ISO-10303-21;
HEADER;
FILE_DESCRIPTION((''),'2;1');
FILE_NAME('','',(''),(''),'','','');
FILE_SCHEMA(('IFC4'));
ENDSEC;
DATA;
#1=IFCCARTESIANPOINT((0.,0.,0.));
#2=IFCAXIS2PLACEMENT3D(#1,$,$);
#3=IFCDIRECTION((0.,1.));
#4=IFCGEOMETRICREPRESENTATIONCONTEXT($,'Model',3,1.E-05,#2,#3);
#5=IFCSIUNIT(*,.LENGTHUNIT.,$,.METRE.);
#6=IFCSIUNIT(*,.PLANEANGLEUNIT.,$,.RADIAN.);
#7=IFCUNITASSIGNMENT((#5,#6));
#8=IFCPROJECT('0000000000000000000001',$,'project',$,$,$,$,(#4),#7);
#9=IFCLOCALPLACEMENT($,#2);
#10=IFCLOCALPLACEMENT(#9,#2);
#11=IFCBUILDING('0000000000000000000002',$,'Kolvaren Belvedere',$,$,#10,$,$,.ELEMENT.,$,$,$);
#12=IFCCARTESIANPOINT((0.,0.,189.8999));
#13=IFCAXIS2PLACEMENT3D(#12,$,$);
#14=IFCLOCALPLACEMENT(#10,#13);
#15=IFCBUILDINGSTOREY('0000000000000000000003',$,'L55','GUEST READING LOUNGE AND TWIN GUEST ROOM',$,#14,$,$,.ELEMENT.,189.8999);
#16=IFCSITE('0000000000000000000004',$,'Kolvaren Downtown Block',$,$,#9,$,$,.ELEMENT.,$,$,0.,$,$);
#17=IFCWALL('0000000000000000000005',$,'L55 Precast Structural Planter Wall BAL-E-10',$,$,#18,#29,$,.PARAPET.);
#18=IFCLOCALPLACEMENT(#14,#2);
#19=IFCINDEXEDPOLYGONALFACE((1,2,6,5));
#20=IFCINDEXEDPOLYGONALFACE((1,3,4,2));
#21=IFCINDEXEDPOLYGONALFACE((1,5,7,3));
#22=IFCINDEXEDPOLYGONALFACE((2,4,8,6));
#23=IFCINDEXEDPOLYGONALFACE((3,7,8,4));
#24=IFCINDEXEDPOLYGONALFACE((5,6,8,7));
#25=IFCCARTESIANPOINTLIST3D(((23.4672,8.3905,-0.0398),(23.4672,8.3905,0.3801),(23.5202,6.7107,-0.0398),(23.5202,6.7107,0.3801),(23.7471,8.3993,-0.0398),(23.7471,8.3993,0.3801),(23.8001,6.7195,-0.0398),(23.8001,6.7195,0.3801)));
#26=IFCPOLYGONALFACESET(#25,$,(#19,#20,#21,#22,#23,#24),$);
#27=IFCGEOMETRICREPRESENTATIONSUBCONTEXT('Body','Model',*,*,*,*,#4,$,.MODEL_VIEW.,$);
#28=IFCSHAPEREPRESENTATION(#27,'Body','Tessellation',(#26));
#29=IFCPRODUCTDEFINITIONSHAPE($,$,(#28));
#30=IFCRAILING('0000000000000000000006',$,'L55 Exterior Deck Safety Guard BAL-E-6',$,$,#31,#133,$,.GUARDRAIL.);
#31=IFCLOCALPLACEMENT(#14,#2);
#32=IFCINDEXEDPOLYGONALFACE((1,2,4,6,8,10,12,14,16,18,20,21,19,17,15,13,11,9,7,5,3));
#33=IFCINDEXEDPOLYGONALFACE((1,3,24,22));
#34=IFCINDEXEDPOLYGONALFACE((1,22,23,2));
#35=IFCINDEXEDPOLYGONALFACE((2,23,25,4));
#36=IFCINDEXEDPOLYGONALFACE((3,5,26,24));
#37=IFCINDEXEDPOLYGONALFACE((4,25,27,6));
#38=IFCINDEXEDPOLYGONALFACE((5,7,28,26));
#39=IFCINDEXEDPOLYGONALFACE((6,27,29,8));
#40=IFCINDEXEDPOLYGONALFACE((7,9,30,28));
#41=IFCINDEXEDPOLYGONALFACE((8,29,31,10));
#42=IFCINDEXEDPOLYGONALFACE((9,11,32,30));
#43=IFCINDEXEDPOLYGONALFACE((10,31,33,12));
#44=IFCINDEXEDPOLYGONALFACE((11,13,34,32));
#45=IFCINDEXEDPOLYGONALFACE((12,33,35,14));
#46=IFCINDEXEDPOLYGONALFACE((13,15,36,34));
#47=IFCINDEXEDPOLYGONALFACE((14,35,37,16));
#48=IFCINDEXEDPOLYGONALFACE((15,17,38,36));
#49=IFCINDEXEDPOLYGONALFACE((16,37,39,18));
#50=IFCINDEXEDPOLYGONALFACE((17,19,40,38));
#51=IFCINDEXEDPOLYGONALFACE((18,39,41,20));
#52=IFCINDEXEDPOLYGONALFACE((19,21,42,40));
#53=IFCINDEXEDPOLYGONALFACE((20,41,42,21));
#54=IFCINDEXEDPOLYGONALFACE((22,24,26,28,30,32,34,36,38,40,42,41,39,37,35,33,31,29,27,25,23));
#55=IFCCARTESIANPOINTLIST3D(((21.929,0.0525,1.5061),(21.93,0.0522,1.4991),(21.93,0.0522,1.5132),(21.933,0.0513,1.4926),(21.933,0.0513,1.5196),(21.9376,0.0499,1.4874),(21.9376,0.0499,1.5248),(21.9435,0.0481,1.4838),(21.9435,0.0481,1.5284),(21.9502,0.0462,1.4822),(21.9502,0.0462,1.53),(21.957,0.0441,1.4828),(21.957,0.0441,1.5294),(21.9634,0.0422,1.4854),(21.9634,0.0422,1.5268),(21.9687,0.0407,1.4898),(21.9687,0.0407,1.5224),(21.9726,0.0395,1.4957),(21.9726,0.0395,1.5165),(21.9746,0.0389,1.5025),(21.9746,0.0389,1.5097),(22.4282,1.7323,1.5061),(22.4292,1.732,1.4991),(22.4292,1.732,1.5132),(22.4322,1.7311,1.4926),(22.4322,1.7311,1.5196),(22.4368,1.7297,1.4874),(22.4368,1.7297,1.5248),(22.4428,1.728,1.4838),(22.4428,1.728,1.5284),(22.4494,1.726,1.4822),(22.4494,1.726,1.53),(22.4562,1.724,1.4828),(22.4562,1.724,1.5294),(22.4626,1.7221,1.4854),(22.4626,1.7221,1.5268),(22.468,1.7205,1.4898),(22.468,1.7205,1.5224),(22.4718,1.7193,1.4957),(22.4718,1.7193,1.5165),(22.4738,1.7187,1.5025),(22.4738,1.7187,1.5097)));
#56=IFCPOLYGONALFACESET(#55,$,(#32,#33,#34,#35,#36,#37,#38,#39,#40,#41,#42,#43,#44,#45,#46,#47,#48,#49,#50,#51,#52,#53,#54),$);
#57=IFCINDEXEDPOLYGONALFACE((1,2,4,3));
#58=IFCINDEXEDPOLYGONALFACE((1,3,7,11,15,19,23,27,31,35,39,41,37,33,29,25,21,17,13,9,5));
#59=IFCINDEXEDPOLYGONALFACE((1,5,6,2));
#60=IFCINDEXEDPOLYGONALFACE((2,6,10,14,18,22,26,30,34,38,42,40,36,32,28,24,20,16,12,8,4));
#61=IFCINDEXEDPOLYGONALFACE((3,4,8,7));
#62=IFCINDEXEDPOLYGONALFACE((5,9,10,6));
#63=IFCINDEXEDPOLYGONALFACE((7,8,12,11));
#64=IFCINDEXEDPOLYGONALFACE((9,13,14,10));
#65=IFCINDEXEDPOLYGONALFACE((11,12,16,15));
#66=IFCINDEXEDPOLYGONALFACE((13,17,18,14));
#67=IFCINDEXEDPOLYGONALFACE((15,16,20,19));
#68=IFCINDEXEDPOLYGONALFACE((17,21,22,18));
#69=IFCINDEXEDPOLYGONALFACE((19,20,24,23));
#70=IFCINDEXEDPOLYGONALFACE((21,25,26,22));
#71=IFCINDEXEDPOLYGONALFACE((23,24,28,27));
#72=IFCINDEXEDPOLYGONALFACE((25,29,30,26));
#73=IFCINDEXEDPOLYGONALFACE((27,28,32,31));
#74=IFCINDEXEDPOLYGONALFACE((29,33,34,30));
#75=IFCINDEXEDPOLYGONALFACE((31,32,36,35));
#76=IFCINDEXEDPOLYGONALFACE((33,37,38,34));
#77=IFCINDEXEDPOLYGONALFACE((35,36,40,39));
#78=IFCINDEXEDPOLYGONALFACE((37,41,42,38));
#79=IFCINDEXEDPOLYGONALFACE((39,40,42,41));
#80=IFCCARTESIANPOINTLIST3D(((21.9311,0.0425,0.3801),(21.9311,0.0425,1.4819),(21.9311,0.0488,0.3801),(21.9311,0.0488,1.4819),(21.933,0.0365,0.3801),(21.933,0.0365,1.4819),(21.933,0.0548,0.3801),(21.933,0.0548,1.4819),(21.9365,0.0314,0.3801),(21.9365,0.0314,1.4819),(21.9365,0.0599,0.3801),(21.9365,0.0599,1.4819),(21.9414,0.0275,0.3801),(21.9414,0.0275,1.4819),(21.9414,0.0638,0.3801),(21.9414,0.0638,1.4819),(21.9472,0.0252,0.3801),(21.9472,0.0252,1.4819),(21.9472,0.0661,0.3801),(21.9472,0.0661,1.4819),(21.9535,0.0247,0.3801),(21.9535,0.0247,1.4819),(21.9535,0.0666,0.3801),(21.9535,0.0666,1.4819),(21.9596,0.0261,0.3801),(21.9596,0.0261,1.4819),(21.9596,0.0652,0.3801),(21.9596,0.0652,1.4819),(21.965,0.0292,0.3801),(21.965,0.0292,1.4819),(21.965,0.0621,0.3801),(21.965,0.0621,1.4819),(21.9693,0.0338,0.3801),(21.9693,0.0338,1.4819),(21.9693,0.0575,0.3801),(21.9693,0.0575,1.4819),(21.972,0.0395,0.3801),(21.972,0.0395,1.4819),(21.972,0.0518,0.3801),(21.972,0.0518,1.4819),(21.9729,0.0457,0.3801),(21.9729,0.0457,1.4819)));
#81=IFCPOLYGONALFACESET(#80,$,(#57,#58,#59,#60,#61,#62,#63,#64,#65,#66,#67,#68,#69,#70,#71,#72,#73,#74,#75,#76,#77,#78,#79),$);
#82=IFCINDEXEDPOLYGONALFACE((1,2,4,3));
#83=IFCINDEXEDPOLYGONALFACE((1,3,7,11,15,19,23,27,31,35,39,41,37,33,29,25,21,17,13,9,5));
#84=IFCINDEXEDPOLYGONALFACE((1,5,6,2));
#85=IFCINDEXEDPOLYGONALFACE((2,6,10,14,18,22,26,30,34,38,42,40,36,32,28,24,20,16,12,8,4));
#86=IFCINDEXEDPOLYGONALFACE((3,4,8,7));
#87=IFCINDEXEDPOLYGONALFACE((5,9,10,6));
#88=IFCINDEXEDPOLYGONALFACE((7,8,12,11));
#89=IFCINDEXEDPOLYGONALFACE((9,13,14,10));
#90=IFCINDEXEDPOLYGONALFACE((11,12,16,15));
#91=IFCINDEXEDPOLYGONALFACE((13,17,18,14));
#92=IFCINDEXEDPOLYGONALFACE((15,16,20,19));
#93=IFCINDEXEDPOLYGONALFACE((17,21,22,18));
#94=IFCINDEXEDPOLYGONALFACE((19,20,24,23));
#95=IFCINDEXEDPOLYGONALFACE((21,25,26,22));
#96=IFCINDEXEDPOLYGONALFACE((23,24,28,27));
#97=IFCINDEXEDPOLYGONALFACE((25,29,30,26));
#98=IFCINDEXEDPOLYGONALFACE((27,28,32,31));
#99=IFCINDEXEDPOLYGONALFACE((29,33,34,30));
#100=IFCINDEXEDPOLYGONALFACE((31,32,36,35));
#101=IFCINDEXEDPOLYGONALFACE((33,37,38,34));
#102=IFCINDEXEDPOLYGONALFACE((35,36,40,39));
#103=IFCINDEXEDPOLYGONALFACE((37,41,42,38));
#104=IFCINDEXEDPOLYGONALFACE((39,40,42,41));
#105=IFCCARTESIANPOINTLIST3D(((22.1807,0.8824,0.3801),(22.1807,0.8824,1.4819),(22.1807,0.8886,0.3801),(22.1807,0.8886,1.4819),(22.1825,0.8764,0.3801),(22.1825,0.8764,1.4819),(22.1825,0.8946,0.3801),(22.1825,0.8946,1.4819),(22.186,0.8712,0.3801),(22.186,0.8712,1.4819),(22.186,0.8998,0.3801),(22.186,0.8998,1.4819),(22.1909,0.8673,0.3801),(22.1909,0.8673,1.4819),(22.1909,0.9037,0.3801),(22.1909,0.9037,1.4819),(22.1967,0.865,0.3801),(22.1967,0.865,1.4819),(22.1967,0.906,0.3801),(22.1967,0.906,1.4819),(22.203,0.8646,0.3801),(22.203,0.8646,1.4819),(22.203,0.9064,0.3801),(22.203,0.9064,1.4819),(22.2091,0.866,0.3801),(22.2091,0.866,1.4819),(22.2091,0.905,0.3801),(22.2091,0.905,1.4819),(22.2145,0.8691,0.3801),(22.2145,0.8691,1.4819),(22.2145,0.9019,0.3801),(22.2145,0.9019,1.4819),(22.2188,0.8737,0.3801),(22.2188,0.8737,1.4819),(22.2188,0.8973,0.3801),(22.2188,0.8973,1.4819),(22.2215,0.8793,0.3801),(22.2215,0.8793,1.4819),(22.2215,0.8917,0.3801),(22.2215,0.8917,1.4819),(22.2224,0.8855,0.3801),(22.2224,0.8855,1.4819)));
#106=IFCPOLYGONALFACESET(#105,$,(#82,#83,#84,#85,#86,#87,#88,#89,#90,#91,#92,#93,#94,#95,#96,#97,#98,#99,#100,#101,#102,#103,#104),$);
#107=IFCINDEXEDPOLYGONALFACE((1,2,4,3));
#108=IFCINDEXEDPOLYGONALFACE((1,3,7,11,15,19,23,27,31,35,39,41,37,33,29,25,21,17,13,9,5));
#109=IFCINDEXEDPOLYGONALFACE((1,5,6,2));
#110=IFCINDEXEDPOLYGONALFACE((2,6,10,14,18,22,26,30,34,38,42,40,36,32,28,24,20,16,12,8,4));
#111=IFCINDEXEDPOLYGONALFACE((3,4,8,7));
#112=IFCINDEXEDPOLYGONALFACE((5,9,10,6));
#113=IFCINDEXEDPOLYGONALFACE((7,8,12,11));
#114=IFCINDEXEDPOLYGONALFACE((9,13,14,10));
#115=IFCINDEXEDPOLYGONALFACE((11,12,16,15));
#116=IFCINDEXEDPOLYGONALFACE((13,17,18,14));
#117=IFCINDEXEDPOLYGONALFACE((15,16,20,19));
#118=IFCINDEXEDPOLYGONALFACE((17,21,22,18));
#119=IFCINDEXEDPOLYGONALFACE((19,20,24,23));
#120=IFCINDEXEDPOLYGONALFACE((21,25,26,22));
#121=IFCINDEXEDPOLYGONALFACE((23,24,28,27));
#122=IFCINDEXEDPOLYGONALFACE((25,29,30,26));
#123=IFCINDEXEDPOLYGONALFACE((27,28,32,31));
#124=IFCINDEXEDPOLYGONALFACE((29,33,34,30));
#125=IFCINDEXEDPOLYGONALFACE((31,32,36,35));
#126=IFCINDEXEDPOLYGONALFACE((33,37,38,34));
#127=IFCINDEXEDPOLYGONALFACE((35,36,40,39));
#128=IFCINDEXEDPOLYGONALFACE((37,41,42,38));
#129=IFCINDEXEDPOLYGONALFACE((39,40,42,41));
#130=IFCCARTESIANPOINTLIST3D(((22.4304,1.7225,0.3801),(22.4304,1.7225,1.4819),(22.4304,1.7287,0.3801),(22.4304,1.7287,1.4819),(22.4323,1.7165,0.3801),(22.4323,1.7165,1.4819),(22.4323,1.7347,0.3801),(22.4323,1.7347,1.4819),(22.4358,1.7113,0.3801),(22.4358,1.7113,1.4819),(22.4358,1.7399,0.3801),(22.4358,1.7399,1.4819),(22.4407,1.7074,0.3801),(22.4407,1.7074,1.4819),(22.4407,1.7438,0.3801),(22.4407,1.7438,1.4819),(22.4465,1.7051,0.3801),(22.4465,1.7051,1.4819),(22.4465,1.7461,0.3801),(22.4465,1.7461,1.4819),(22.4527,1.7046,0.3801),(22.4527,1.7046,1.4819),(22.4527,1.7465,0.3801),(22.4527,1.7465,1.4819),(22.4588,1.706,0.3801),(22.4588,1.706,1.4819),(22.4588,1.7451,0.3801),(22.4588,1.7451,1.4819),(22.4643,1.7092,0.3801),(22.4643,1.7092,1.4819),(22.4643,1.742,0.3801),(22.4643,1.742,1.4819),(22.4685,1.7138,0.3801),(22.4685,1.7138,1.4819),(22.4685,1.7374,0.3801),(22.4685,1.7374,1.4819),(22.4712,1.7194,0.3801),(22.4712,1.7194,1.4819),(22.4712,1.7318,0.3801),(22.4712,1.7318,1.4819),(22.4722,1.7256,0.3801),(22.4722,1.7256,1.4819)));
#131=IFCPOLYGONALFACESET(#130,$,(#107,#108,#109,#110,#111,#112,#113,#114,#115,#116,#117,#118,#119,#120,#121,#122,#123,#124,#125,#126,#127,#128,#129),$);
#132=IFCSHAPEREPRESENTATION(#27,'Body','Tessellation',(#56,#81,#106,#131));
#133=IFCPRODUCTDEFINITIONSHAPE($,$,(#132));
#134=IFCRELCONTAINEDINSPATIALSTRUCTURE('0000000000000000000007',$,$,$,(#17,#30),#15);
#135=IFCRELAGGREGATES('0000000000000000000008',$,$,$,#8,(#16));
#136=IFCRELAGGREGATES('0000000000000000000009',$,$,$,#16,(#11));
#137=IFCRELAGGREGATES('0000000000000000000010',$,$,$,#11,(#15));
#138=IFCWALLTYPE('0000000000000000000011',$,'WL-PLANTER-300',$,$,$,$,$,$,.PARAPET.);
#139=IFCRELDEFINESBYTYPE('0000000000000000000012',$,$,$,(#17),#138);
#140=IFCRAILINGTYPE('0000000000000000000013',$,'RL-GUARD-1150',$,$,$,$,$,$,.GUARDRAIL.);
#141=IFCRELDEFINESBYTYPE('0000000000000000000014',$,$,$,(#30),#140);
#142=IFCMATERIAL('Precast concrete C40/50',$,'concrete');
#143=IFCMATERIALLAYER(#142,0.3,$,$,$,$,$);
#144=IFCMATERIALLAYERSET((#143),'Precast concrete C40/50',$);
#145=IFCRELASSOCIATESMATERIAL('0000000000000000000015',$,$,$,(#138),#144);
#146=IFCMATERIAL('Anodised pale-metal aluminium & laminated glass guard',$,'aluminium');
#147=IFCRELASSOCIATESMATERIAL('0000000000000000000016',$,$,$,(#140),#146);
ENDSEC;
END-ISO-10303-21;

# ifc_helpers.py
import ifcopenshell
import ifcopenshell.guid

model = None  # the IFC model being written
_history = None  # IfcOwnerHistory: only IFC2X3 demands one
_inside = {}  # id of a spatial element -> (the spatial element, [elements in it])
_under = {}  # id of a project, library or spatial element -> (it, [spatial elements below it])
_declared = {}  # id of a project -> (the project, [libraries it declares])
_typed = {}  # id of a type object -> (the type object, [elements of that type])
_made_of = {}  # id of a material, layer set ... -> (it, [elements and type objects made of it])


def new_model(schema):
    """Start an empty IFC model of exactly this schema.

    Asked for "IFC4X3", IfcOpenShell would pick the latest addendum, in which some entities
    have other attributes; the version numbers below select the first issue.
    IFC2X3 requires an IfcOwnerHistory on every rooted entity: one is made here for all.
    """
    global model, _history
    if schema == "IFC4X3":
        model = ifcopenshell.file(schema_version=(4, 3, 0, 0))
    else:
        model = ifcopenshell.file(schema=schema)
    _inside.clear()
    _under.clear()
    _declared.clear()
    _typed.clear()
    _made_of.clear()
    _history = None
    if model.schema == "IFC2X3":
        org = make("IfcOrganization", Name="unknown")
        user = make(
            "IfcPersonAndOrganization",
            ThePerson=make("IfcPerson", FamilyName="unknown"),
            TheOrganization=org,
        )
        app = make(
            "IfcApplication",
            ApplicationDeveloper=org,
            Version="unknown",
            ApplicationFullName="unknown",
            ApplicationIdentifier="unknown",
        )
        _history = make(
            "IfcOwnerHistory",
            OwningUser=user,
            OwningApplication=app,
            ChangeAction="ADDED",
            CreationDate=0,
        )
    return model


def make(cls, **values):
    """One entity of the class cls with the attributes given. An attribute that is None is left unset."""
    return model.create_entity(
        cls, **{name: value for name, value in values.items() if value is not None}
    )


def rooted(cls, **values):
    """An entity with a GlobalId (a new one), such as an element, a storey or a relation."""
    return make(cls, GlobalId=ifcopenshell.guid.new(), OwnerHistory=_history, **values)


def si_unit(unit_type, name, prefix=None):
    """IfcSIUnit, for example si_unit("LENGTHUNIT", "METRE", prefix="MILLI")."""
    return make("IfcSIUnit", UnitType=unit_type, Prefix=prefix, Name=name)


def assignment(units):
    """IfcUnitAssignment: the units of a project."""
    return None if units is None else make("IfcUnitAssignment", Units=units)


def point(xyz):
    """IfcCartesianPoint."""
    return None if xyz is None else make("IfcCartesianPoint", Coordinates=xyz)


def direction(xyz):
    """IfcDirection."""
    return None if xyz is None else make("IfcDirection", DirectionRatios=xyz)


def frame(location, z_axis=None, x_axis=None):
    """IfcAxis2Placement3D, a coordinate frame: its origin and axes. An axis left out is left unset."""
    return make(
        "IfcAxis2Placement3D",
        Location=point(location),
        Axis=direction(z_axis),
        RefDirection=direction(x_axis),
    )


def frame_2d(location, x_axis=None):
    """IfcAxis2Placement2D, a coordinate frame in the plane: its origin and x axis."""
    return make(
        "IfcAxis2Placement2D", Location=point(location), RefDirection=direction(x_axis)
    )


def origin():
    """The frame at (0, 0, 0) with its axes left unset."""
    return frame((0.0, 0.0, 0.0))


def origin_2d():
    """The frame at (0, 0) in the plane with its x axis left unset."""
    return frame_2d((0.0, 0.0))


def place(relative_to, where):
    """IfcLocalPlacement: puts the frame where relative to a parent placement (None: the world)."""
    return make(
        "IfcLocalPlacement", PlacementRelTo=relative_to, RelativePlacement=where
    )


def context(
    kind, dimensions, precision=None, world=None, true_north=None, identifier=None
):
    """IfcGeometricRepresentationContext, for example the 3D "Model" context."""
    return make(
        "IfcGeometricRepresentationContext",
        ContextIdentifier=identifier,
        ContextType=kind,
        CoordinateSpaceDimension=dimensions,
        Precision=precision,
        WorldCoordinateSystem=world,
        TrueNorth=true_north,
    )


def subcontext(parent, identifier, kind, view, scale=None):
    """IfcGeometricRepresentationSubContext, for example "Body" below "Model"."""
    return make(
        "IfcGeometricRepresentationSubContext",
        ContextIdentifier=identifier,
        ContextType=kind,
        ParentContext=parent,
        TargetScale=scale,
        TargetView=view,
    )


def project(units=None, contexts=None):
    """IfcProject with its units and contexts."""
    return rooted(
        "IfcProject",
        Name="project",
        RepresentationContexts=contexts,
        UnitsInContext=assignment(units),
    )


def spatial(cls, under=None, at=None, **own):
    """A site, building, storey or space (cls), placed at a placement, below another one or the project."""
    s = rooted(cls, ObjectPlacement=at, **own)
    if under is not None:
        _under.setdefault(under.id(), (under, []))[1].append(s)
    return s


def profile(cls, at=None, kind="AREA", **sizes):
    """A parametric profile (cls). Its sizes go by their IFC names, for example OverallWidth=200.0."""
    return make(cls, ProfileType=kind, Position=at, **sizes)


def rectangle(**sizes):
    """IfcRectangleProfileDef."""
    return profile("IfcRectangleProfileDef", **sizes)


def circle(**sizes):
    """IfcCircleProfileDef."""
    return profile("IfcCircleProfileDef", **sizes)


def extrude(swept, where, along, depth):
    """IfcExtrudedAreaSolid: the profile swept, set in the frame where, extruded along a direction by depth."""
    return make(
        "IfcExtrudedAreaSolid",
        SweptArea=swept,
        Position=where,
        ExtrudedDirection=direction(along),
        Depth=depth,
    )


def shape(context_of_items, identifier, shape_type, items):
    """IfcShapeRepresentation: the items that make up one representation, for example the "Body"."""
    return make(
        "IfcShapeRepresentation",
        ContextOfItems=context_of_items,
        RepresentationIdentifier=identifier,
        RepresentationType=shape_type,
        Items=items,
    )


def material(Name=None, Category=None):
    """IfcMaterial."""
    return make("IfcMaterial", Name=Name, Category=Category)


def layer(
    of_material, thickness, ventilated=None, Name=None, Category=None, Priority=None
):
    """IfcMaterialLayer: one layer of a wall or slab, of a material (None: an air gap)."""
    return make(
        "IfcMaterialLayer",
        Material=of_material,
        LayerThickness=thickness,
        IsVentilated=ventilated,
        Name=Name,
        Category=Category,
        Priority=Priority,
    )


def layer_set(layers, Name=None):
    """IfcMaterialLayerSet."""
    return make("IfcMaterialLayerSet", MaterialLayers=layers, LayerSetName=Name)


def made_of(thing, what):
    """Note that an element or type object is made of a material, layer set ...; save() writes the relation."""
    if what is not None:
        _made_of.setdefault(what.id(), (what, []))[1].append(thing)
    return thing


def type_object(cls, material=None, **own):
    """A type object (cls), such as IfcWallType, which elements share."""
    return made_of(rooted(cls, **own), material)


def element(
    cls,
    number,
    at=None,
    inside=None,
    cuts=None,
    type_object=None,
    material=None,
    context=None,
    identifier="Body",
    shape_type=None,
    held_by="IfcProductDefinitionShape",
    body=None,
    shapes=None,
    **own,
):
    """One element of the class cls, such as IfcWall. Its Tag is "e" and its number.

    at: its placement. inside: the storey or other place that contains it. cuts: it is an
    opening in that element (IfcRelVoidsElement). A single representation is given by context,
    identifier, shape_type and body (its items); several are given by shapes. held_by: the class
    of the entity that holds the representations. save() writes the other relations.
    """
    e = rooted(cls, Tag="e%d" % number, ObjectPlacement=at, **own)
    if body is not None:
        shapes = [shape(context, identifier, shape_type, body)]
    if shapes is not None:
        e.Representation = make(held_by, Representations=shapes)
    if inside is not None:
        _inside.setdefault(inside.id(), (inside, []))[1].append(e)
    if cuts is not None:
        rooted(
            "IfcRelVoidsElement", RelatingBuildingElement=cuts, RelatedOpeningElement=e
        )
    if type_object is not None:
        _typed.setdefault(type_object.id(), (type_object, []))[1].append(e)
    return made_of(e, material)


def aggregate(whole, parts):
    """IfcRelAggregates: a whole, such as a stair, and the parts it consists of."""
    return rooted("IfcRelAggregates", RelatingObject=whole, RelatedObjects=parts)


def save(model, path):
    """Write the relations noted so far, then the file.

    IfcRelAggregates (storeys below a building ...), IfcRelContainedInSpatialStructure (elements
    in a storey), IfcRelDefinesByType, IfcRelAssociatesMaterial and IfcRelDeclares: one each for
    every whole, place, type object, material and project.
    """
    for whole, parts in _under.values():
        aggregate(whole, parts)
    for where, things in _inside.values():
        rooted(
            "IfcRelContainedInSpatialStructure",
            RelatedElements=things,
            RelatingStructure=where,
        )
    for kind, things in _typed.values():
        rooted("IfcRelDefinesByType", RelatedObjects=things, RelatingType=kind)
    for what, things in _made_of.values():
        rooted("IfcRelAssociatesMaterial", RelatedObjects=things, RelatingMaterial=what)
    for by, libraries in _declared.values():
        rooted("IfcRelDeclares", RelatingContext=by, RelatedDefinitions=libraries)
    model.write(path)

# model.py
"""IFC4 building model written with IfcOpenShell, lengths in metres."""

from ifc_helpers import new_model, si_unit, direction, frame, frame_2d, origin, origin_2d, place, context, subcontext, project, spatial, rectangle, circle, extrude, material, layer, layer_set, type_object, element, save


model = new_model("IFC4")

# Units and contexts
model_context = context("Model", 3, precision=1e-05, world=origin(), true_north=direction((0.0, 1.0)))
body_context = subcontext(model_context, "Body", "Model", "MODEL_VIEW")
ifc_project = project(units=[si_unit("LENGTHUNIT", "METRE"), si_unit("PLANEANGLEUNIT", "RADIAN")], contexts=[model_context])

# Site, building, storey
site_placement = place(None, origin())
site = spatial("IfcSite", under=ifc_project, at=site_placement, Name="Kolvaren Downtown Block", CompositionType="ELEMENT", RefElevation=0.0)
building_placement = place(site_placement, origin())
building = spatial("IfcBuilding", under=site, at=building_placement, Name="Kolvaren Belvedere", CompositionType="ELEMENT")
storey_placement = place(building_placement, frame((0.0, 0.0, 189.8999)))
storey = spatial("IfcBuildingStorey", under=building, at=storey_placement, Name="L55", Description="GUEST READING LOUNGE AND TWIN GUEST ROOM", CompositionType="ELEMENT", Elevation=189.8999)

# Wall
ifc_material_1 = material(Name="Precast concrete C40/50", Category="concrete")
ifc_layer_1 = layer(ifc_material_1, 0.3)
ifc_layer_set_1 = layer_set([ifc_layer_1], Name="Precast concrete C40/50")
wall_type_1 = type_object("IfcWallType", Name="WL-PLANTER-300", PredefinedType="PARAPET", material=ifc_layer_set_1)
wall_1_placement = place(storey_placement, frame((23.6602, 6.7151, -0.0398), z_axis=(0.0, 0.0, 1.0), x_axis=(-0.03152, 0.999503, 0.0)))
element("IfcWall", 1, at=wall_1_placement, inside=storey, type_object=wall_type_1, Name="L55 Precast Structural Planter Wall BAL-E-10", PredefinedType="PARAPET", context=body_context, shape_type="SweptSolid", body=[
    extrude(rectangle(XDim=1.6807, YDim=0.28, at=frame_2d((0.8403, 0.0))), origin(), (0.0, 0.0, 1.0), 0.4199),
])

# Railing
ifc_material_2 = material(Name="Anodised pale-metal aluminium & laminated glass guard", Category="aluminium")
railing_type = type_object("IfcRailingType", Name="RL-GUARD-1150", PredefinedType="GUARDRAIL", material=ifc_material_2)
railing_1_placement = place(storey_placement, frame((21.9519, 0.0457, 0.3801)))
element("IfcRailing", 2, at=railing_1_placement, inside=storey, type_object=railing_type, Name="L55 Exterior Deck Safety Guard BAL-E-6", PredefinedType="GUARDRAIL", context=body_context, shape_type="SweptSolid", body=[
    extrude(circle(Radius=0.0239, at=origin_2d()), frame((0.0, 0.0, 1.126), z_axis=(0.28488, 0.958563, 0.0), x_axis=(-0.958563, 0.28488, 0.0)), (0.0, 0.0, 1.0), 1.7524),
    extrude(circle(Radius=0.021, at=origin_2d()), origin(), (0.0, 0.0, 1.0), 1.1018),
    extrude(circle(Radius=0.021, at=origin_2d()), frame((0.2495, 0.8398, 0.0)), (0.0, 0.0, 1.0), 1.1018),
    extrude(circle(Radius=0.021, at=origin_2d()), frame((0.4993, 1.6799, 0.0)), (0.0, 0.0, 1.0), 1.1018),
])

save(model, "model.ifc")
